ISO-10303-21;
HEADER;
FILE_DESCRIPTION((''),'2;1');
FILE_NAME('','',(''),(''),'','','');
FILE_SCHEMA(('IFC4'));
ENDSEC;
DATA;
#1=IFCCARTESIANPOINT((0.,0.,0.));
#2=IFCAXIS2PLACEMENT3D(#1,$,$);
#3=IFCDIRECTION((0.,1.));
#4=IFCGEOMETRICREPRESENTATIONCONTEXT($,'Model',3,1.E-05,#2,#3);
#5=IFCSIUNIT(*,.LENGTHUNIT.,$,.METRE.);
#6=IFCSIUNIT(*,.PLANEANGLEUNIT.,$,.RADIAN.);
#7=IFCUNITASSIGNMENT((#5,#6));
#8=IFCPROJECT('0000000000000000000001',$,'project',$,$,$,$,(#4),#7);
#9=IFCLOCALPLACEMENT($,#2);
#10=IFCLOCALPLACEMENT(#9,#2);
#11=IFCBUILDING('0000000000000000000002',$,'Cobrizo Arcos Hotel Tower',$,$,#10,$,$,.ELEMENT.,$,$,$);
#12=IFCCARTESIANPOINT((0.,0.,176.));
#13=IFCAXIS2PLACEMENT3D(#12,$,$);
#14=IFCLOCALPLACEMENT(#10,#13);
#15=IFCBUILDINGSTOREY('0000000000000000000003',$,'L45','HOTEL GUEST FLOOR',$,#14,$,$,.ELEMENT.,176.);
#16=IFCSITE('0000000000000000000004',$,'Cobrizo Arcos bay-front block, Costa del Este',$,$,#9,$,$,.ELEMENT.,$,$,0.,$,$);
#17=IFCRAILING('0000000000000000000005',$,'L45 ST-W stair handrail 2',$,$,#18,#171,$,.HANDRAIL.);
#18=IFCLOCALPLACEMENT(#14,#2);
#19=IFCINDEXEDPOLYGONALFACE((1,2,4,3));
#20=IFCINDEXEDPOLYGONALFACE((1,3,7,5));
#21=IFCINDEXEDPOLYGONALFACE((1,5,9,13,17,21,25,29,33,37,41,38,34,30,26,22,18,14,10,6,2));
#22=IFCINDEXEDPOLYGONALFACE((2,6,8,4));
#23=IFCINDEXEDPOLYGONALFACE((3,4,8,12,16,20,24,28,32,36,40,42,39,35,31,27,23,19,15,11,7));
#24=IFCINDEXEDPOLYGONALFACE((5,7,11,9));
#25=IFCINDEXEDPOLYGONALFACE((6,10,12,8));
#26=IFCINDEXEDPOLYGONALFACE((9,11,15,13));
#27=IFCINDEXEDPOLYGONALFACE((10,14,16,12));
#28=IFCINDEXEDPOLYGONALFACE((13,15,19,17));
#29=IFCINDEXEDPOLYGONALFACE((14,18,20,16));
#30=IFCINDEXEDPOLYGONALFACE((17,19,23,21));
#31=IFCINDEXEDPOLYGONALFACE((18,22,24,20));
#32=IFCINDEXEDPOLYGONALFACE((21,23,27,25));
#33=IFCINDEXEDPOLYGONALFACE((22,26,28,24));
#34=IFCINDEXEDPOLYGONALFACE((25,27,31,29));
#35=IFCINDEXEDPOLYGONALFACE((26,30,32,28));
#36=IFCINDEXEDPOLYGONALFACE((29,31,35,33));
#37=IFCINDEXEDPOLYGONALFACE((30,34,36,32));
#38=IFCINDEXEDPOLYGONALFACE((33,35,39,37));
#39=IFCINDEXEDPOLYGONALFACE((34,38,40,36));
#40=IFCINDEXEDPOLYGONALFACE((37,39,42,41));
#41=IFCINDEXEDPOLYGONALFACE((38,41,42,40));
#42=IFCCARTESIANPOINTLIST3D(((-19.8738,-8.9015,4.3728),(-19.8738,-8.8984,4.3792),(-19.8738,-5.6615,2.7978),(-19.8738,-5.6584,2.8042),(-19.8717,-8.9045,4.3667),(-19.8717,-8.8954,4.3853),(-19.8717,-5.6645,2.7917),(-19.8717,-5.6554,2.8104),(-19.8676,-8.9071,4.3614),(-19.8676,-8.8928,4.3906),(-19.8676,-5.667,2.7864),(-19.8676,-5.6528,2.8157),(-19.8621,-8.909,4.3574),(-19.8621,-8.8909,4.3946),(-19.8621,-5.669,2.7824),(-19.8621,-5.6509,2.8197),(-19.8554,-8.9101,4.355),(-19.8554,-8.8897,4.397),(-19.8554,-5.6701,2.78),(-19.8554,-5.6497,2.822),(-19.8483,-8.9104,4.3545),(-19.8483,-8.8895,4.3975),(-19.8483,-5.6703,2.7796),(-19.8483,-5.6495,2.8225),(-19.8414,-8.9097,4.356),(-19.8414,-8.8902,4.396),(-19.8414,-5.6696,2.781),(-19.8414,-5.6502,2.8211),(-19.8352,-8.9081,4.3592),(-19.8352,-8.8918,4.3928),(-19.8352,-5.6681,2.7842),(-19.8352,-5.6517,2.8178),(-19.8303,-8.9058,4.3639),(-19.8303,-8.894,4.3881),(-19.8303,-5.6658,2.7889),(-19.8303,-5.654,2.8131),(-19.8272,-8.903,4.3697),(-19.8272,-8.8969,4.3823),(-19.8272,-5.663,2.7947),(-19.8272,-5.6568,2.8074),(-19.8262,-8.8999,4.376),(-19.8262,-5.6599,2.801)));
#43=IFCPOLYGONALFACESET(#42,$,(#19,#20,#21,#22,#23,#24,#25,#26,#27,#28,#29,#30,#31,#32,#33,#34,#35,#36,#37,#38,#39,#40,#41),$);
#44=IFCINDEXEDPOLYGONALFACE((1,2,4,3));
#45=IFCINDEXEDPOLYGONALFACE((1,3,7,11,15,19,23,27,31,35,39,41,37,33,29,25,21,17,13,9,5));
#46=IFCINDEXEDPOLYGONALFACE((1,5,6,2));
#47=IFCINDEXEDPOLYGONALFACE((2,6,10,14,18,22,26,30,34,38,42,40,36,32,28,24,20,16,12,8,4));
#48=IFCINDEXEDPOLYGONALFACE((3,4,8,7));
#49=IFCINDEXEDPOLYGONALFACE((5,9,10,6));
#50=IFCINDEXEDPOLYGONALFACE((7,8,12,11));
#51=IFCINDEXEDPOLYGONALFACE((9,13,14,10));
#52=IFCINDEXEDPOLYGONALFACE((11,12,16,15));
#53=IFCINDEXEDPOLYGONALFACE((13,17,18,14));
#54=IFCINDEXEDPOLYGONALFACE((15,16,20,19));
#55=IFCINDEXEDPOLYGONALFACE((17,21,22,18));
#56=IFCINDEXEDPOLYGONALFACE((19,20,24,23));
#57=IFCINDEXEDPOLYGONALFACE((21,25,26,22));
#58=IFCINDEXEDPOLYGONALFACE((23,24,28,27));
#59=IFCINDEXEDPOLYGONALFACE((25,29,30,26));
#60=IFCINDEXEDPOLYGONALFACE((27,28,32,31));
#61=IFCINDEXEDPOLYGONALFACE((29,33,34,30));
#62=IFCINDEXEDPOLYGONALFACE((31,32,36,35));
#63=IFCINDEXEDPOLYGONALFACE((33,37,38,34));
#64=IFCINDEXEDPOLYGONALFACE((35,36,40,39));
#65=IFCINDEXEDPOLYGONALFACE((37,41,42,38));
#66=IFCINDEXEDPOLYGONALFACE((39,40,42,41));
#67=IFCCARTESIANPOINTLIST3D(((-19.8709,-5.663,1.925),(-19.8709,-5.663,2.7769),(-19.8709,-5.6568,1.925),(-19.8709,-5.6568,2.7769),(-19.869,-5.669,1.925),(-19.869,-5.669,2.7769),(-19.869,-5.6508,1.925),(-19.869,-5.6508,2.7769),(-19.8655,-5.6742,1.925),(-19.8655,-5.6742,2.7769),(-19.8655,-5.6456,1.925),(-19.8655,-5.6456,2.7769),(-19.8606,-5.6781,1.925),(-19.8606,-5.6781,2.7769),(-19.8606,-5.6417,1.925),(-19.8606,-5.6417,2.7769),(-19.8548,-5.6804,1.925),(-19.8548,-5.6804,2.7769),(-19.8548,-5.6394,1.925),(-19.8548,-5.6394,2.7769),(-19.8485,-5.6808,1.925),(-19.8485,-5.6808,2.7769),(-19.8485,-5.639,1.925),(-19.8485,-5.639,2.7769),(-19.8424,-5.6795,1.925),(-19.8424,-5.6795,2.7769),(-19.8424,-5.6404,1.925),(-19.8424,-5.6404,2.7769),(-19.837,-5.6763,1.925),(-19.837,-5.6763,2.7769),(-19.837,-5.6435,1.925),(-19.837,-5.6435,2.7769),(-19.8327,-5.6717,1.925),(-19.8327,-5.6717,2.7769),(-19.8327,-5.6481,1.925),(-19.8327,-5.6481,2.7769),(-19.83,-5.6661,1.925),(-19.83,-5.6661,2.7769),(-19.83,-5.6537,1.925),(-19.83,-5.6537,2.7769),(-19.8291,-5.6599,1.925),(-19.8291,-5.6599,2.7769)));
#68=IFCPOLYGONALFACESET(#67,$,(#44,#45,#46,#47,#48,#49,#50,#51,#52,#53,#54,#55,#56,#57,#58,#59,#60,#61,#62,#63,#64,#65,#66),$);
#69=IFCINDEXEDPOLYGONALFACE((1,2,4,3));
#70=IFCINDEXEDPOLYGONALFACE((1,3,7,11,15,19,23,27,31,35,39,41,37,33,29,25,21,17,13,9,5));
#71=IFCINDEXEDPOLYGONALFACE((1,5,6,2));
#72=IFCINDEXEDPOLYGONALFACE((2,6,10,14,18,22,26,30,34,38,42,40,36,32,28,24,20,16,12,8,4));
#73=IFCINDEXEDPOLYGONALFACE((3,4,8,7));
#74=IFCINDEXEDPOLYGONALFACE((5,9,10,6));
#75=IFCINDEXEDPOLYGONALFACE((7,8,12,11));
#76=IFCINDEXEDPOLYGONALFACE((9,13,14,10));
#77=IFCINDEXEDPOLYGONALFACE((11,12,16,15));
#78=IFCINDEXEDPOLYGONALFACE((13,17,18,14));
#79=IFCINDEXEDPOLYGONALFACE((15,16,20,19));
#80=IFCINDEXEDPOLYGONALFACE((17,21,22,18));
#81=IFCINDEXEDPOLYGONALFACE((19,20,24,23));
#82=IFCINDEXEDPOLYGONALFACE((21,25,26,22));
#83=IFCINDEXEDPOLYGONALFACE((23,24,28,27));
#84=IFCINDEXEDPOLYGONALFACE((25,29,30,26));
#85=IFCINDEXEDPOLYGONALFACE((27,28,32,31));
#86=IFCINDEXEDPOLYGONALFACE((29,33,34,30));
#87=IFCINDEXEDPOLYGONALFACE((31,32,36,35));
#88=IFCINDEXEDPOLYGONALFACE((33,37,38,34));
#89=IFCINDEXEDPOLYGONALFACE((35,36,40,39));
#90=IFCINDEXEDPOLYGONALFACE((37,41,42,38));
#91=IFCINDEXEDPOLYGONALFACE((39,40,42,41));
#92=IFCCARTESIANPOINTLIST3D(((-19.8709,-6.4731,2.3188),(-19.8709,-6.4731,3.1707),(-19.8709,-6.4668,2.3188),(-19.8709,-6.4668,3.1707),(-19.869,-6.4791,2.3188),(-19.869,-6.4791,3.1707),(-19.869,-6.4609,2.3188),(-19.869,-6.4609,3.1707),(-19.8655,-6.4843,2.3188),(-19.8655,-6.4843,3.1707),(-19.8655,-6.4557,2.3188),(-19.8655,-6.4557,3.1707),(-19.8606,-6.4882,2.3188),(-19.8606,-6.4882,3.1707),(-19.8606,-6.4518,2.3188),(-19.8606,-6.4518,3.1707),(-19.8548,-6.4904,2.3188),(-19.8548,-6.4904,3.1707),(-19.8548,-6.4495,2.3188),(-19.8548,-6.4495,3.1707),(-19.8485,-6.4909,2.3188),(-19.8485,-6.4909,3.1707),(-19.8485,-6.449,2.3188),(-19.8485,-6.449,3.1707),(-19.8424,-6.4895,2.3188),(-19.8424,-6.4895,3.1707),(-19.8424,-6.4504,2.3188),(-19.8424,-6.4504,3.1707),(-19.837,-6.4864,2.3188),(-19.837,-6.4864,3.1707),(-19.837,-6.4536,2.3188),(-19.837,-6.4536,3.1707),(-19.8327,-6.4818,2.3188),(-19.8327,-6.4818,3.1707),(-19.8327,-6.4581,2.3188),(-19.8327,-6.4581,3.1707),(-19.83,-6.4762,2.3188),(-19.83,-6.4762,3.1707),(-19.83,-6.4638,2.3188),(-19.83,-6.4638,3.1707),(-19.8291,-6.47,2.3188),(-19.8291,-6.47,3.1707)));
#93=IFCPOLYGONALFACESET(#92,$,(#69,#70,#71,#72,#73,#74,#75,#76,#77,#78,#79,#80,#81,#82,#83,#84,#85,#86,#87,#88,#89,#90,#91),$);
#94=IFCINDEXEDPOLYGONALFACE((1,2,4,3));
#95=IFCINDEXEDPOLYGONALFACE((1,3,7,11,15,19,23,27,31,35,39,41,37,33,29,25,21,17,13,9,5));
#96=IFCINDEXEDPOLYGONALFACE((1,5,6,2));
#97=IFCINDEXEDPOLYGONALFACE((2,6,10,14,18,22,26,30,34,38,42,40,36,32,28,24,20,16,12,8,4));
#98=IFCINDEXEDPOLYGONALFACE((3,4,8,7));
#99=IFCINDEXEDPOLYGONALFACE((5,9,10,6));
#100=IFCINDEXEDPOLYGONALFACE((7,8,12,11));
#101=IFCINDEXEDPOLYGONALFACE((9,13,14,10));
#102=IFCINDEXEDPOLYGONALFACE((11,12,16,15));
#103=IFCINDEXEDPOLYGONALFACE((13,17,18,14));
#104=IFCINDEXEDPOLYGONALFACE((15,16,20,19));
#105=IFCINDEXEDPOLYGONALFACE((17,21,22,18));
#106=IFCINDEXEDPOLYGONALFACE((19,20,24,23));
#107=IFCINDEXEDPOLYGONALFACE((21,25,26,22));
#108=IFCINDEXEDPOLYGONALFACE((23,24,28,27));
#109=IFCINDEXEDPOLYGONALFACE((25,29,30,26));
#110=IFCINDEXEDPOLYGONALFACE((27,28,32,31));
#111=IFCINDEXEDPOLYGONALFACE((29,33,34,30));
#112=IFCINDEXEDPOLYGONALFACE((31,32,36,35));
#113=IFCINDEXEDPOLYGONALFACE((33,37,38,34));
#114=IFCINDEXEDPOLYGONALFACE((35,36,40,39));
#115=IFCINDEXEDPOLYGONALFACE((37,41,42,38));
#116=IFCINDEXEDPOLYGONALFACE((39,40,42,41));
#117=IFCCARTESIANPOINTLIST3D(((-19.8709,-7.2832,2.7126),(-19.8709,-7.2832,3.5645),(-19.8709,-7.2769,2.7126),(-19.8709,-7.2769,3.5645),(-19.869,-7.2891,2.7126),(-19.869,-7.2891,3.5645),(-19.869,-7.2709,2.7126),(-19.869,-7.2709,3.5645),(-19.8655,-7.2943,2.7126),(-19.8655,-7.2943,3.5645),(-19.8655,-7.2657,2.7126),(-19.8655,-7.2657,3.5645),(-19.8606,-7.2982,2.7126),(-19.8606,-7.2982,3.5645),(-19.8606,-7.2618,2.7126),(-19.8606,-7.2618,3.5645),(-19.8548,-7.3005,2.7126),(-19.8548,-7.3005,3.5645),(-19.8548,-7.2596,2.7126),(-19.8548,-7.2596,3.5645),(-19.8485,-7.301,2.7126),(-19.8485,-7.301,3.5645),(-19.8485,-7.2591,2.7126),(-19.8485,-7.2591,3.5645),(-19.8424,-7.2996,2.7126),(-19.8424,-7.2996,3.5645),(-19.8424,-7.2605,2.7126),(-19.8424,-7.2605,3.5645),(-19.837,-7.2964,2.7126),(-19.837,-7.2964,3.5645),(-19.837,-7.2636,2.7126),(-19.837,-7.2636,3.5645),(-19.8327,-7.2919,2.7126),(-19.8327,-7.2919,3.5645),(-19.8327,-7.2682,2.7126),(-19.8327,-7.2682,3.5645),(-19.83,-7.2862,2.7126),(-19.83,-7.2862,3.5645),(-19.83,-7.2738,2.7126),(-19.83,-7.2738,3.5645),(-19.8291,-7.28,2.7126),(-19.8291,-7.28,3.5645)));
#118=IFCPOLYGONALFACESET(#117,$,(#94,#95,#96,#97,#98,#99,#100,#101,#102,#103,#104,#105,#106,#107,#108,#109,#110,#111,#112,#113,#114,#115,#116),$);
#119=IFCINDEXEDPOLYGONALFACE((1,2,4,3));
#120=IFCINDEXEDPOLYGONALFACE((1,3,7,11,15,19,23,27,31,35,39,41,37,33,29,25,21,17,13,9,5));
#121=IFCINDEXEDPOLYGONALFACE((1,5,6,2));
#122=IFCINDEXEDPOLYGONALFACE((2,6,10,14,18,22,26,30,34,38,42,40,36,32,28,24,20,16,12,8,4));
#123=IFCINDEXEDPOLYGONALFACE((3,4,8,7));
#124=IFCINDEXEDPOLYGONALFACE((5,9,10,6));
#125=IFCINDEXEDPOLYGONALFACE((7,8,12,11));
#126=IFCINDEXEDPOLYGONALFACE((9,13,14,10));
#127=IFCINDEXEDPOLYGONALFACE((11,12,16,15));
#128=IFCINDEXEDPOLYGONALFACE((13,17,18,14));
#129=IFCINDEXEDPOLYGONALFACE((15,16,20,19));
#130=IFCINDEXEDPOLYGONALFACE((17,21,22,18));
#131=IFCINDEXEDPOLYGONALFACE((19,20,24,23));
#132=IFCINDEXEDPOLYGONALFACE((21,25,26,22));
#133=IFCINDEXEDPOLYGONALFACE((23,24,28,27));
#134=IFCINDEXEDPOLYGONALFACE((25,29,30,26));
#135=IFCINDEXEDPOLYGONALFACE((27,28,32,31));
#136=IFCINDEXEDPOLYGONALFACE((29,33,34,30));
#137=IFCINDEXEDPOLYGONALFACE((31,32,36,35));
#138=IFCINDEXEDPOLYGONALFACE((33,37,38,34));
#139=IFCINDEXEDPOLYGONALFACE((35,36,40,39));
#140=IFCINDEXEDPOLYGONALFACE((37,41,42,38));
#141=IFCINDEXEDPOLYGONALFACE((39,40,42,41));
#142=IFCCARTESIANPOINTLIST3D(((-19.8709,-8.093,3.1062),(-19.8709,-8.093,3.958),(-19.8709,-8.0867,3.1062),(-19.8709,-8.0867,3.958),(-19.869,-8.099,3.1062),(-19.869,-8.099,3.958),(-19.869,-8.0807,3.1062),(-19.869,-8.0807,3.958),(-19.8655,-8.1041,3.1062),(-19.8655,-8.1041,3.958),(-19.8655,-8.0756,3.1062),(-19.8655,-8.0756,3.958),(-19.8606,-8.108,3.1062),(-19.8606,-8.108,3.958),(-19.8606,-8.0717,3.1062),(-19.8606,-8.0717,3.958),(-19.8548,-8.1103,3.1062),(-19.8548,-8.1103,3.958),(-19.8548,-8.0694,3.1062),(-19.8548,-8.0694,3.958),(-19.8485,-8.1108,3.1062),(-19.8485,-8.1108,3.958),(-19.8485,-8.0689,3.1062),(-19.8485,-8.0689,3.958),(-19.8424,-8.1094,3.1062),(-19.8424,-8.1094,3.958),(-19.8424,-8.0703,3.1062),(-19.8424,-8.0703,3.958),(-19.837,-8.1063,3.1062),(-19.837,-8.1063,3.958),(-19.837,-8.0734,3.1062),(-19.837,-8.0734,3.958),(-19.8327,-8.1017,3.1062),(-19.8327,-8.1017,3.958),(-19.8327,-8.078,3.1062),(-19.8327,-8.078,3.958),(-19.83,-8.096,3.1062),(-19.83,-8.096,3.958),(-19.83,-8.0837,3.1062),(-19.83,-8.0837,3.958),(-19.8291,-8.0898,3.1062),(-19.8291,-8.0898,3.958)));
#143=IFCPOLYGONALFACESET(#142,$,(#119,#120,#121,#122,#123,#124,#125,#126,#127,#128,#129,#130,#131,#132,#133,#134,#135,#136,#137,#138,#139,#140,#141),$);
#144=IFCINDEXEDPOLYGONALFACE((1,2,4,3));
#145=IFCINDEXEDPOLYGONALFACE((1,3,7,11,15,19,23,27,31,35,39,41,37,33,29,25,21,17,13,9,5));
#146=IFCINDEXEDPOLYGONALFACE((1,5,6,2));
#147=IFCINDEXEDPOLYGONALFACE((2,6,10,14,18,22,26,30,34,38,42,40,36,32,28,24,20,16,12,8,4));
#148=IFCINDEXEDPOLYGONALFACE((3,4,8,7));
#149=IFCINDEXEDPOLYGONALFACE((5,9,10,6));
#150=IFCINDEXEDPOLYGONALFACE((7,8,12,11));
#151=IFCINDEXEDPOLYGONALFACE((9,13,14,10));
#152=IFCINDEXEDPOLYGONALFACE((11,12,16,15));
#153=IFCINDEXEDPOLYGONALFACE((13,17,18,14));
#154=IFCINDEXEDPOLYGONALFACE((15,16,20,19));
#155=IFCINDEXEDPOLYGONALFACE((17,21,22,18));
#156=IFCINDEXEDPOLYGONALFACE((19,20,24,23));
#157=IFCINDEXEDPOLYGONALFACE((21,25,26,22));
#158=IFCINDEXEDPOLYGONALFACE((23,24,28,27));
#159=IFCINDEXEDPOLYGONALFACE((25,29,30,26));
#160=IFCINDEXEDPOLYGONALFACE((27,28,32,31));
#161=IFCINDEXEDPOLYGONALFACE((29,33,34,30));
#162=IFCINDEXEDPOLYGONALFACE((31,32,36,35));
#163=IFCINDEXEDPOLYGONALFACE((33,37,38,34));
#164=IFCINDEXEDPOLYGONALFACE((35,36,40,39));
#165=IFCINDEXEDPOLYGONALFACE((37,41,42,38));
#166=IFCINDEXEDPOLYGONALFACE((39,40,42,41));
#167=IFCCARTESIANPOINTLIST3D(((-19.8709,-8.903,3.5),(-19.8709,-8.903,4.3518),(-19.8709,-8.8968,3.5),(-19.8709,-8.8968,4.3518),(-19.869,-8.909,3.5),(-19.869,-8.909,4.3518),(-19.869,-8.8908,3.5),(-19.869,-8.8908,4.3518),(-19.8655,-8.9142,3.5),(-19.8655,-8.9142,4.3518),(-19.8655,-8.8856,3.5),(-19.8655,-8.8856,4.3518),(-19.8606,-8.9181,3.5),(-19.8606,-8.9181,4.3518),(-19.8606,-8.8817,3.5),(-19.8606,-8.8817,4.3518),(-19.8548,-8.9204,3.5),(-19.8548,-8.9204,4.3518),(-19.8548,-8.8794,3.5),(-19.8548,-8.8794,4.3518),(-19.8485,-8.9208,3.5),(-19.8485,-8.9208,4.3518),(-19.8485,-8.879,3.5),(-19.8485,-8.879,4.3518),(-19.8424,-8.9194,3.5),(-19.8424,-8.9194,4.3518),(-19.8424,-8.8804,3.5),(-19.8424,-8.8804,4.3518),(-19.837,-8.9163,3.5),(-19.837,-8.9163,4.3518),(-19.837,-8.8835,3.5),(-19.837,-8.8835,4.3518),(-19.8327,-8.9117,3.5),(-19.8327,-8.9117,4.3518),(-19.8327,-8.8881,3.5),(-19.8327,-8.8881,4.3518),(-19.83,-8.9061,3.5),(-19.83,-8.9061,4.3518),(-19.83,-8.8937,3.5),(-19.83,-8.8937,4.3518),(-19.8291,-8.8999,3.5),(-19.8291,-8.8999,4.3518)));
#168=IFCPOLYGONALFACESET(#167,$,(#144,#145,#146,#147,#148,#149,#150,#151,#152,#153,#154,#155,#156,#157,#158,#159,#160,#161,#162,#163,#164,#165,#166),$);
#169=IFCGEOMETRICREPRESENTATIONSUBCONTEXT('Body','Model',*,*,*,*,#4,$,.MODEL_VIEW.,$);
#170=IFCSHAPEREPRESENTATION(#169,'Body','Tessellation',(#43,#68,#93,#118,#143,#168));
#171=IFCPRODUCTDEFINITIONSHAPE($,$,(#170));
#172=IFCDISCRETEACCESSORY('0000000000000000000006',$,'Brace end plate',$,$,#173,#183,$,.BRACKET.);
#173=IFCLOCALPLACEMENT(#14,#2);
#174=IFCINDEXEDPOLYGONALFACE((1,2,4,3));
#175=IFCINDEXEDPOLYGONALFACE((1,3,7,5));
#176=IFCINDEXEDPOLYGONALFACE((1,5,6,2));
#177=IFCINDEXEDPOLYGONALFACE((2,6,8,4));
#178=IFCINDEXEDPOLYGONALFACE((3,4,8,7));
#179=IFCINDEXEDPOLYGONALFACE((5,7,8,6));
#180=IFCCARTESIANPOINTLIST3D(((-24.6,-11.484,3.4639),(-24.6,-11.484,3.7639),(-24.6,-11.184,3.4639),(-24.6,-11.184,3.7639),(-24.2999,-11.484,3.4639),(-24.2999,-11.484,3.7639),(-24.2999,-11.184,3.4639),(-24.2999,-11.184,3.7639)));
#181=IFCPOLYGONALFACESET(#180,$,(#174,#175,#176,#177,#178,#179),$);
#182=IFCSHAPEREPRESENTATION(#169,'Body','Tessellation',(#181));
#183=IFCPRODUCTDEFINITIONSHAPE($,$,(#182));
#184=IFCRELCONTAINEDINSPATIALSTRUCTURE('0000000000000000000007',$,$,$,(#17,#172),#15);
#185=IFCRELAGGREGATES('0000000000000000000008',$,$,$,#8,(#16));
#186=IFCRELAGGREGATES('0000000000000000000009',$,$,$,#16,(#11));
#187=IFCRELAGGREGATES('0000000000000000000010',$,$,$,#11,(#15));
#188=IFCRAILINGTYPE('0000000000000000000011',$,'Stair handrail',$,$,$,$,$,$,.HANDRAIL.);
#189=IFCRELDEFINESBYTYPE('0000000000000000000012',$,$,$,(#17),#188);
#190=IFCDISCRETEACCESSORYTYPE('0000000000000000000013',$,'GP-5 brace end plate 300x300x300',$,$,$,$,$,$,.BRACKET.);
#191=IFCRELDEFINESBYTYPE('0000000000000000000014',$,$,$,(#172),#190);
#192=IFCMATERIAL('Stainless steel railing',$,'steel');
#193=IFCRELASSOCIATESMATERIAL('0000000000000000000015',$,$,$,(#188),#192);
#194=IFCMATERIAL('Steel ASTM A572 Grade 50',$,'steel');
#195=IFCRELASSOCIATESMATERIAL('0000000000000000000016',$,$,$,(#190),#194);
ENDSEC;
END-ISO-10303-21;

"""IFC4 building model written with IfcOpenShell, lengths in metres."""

from ifc_helpers import new_model, si_unit, direction, frame, origin, origin_2d, place, context, subcontext, project, spatial, rectangle, circle, extrude, material, type_object, element, save


model = new_model("IFC4")

# Units and contexts
model_context = context("Model", 3, precision=1e-05, world=origin(), true_north=direction((0.0, 1.0)))
body_context = subcontext(model_context, "Body", "Model", "MODEL_VIEW")
ifc_project = project(units=[si_unit("LENGTHUNIT", "METRE"), si_unit("PLANEANGLEUNIT", "RADIAN")], contexts=[model_context])

# Site, building, storey
site_placement = place(None, origin())
site = spatial("IfcSite", under=ifc_project, at=site_placement, Name="Cobrizo Arcos bay-front block, Costa del Este", CompositionType="ELEMENT", RefElevation=0.0)
building_placement = place(site_placement, origin())
building = spatial("IfcBuilding", under=site, at=building_placement, Name="Cobrizo Arcos Hotel Tower", CompositionType="ELEMENT")
storey_placement = place(building_placement, frame((0.0, 0.0, 176.0)))
storey = spatial("IfcBuildingStorey", under=building, at=storey_placement, Name="L45", Description="HOTEL GUEST FLOOR", CompositionType="ELEMENT", Elevation=176.0)

# Shared definitions
ifc_material_1 = material(Name="Steel ASTM A572 Grade 50", Category="steel")

# Railing
ifc_material_2 = material(Name="Stainless steel railing", Category="steel")
railing_type_1 = type_object("IfcRailingType", Name="Stair handrail", PredefinedType="HANDRAIL", material=ifc_material_2)
railing_1_placement = place(storey_placement, frame((-19.8501, -5.6599, 1.925)))
element("IfcRailing", 1, at=railing_1_placement, inside=storey, type_object=railing_type_1, Name="L45 ST-W stair handrail 2", PredefinedType="HANDRAIL", context=body_context, shape_type="SweptSolid", body=[
    extrude(circle(Radius=0.0239, at=origin_2d()), frame((0.0, 0.0, 0.876), z_axis=(0.0, -0.899373, 0.437183), x_axis=(1.0, 0.0, 0.0)), (0.0, 0.0, 1.0), 3.6025),
    extrude(circle(Radius=0.021, at=origin_2d()), origin(), (0.0, 0.0, 1.0), 0.8518),
    extrude(circle(Radius=0.021, at=origin_2d()), frame((0.0, -0.8101, 0.3938)), (0.0, 0.0, 1.0), 0.8518),
    extrude(circle(Radius=0.021, at=origin_2d()), frame((0.0, -1.6201, 0.7876)), (0.0, 0.0, 1.0), 0.8518),
    extrude(circle(Radius=0.021, at=origin_2d()), frame((0.0, -2.4299, 1.1812)), (0.0, 0.0, 1.0), 0.8518),
    extrude(circle(Radius=0.021, at=origin_2d()), frame((0.0, -3.24, 1.575)), (0.0, 0.0, 1.0), 0.8518),
])

# Discrete accessory
discrete_accessory_type = type_object("IfcDiscreteAccessoryType", Name="GP-5 brace end plate 300x300x300", PredefinedType="BRACKET", material=ifc_material_1)
discrete_accessory_placement = place(storey_placement, frame((-24.45, -11.334, 3.4639), z_axis=(0.0, 0.0, 1.0), x_axis=(1.0, 0.0, 0.0)))
element("IfcDiscreteAccessory", 2, at=discrete_accessory_placement, inside=storey, type_object=discrete_accessory_type, Name="Brace end plate", PredefinedType="BRACKET", context=body_context, shape_type="SweptSolid", body=[
    extrude(rectangle(XDim=0.3, YDim=0.3, at=origin_2d()), origin(), (0.0, 0.0, 1.0), 0.3),
])

save(model, "model.ifc")
